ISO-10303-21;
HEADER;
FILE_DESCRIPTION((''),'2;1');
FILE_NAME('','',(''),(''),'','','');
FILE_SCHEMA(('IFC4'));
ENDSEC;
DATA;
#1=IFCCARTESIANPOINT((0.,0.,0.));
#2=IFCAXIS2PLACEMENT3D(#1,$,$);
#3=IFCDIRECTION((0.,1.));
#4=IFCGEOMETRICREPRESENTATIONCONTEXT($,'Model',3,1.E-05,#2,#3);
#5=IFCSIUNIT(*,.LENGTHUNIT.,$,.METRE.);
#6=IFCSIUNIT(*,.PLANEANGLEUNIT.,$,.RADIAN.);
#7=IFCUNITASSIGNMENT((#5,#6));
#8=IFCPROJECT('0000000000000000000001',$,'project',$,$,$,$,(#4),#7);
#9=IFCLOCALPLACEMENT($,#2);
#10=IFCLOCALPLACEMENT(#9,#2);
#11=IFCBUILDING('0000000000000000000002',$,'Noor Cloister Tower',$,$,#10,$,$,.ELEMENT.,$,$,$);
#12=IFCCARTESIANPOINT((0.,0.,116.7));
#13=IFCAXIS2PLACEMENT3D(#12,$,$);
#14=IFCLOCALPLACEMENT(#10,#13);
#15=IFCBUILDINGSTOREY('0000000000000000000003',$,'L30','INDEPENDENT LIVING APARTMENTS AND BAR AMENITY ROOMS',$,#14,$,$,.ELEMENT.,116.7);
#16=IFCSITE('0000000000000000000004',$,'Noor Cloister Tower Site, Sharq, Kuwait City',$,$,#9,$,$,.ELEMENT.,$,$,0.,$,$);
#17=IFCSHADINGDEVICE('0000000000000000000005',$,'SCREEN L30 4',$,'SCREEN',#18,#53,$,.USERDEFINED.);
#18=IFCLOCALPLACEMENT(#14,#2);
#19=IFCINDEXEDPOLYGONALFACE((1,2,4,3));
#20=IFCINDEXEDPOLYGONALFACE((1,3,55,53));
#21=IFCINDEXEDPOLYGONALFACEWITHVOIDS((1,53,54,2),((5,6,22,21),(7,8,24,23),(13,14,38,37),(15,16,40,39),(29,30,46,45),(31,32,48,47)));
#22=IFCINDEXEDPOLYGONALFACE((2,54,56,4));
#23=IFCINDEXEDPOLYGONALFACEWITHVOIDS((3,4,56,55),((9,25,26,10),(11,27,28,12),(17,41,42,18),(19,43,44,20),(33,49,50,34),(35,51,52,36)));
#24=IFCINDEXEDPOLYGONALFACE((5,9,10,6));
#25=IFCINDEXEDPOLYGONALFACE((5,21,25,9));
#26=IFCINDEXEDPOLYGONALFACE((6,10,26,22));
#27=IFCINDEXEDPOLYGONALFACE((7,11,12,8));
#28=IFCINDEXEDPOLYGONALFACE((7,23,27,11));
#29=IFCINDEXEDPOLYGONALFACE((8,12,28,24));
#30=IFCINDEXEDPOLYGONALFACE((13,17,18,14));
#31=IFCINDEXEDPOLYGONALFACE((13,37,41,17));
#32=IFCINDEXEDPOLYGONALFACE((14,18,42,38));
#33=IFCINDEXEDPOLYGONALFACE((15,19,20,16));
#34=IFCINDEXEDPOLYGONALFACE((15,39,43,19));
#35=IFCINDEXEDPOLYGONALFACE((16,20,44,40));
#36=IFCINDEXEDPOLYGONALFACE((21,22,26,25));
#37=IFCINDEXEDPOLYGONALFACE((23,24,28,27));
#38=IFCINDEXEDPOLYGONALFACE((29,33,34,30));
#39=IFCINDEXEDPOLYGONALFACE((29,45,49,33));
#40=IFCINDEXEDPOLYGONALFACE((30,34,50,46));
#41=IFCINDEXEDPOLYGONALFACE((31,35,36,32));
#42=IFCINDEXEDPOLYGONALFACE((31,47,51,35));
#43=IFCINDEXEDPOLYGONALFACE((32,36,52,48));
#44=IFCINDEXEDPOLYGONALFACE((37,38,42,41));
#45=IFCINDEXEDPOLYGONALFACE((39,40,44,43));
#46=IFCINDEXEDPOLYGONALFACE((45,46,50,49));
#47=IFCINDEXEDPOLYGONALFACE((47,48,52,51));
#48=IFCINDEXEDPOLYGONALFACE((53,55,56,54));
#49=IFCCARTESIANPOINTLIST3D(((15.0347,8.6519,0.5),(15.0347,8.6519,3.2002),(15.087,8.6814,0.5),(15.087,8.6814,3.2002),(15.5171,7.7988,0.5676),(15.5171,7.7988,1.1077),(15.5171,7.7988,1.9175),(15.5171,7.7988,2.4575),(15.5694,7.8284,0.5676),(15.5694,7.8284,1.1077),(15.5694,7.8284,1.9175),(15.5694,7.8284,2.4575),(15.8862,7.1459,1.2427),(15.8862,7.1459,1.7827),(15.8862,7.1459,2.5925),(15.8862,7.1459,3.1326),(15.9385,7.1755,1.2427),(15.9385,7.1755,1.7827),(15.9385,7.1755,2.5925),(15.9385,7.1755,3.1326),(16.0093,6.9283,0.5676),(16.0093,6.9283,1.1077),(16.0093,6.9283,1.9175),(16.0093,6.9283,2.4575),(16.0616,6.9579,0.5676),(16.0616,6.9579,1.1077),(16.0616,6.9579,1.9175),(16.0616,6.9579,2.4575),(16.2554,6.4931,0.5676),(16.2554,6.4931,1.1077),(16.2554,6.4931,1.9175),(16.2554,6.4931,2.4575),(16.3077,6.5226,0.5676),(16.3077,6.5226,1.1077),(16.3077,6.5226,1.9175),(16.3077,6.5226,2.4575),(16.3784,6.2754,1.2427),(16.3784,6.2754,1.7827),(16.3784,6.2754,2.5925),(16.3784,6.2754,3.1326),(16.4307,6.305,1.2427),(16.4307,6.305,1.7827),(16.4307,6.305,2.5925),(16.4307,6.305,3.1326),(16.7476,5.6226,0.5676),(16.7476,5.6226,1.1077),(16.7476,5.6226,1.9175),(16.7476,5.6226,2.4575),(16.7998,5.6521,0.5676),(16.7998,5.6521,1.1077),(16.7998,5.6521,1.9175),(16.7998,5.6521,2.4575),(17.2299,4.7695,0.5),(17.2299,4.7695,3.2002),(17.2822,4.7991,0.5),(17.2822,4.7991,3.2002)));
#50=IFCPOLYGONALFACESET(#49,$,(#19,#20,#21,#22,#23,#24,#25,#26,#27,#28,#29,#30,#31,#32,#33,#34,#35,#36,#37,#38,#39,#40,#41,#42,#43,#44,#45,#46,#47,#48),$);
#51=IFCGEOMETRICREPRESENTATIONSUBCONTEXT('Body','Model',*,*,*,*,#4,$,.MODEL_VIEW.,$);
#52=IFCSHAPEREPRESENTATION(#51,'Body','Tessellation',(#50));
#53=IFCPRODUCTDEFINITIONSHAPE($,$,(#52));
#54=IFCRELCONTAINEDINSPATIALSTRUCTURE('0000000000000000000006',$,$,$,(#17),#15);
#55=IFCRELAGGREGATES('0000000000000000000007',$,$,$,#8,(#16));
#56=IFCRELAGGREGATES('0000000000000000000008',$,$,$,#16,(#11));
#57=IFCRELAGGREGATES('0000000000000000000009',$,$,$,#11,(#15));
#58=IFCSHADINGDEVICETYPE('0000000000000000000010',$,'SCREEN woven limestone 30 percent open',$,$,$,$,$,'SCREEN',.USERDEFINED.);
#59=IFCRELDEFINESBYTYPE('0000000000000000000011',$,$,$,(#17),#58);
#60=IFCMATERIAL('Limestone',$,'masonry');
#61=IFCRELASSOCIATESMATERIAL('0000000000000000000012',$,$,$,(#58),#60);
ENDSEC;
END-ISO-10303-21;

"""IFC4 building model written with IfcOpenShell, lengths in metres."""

from ifc_helpers import new_model, si_unit, direction, frame, origin, place, context, subcontext, project, spatial, polyline, outline, extrude, material, material_profile, profile_set, type_object, element, save


model = new_model("IFC4")

# Units and contexts
model_context = context("Model", 3, precision=1e-05, world=origin(), true_north=direction((0.0, 1.0)))
body_context = subcontext(model_context, "Body", "Model", "MODEL_VIEW")
ifc_project = project(units=[si_unit("LENGTHUNIT", "METRE"), si_unit("PLANEANGLEUNIT", "RADIAN")], contexts=[model_context])

# Site, building, storey
site_placement = place(None, origin())
site = spatial("IfcSite", under=ifc_project, at=site_placement, Name="Noor Cloister Tower Site, Sharq, Kuwait City", CompositionType="ELEMENT", RefElevation=0.0)
building_placement = place(site_placement, origin())
building = spatial("IfcBuilding", under=site, at=building_placement, Name="Noor Cloister Tower", CompositionType="ELEMENT")
storey_placement = place(building_placement, frame((0.0, 0.0, 116.7)))
storey = spatial("IfcBuildingStorey", under=building, at=storey_placement, Name="L30", Description="INDEPENDENT LIVING APARTMENTS AND BAR AMENITY ROOMS", CompositionType="ELEMENT", Elevation=116.7)

# Shading device
ifc_material_1 = material(Name="Limestone", Category="masonry")
ifc_material_profile_1 = material_profile(ifc_material_1, outline(polyline([(-2.23, -1.3501), (2.23, -1.3501), (2.23, 1.3501), (-2.23, 1.3501), (-2.23, -1.3501)]), holes=[polyline([(-1.25, -1.2825), (-0.25, -1.2825), (-0.25, -0.7424), (-1.25, -0.7424), (-1.25, -1.2825)]), polyline([(0.25, -1.2825), (1.25, -1.2825), (1.25, -0.7424), (0.25, -0.7424), (0.25, -1.2825)]), polyline([(-0.5, -0.6074), (0.5, -0.6074), (0.5, -0.0674), (-0.5, -0.0674), (-0.5, -0.6074)]), polyline([(-1.25, 0.0674), (-0.25, 0.0674), (-0.25, 0.6074), (-1.25, 0.6074), (-1.25, 0.0674)]), polyline([(0.25, 0.0674), (1.25, 0.0674), (1.25, 0.6074), (0.25, 0.6074), (0.25, 0.0674)]), polyline([(-0.5, 0.7424), (0.5, 0.7424), (0.5, 1.2825), (-0.5, 1.2825), (-0.5, 0.7424)])]), Name="Woven screen 30 percent open")
ifc_profile_set_1 = profile_set([ifc_material_profile_1], Name="Limestone")
shading_device_type = type_object("IfcShadingDeviceType", Name="SCREEN woven limestone 30 percent open", ElementType="SCREEN", PredefinedType="USERDEFINED", material=ifc_profile_set_1)
shading_device_1_placement = place(storey_placement, frame((16.1323, 6.7107, 1.8501), z_axis=(0.870487, 0.492191, 0.0), x_axis=(-0.492191, 0.870487, 0.0)))
element("IfcShadingDevice", 1, at=shading_device_1_placement, inside=storey, type_object=shading_device_type, Name="SCREEN L30 4", ObjectType="SCREEN", PredefinedType="USERDEFINED", context=body_context, shape_type="SweptSolid", body=[
    extrude(outline(polyline([(-2.23, -1.3501), (2.23, -1.3501), (2.23, 1.3501), (-2.23, 1.3501), (-2.23, -1.3501)]), holes=[polyline([(-1.25, -1.2825), (-0.25, -1.2825), (-0.25, -0.7424), (-1.25, -0.7424), (-1.25, -1.2825)]), polyline([(0.25, -1.2825), (1.25, -1.2825), (1.25, -0.7424), (0.25, -0.7424), (0.25, -1.2825)]), polyline([(-0.5, -0.6074), (0.5, -0.6074), (0.5, -0.0674), (-0.5, -0.0674), (-0.5, -0.6074)]), polyline([(-1.25, 0.0674), (-0.25, 0.0674), (-0.25, 0.6074), (-1.25, 0.6074), (-1.25, 0.0674)]), polyline([(0.25, 0.0674), (1.25, 0.0674), (1.25, 0.6074), (0.25, 0.6074), (0.25, 0.0674)]), polyline([(-0.5, 0.7424), (0.5, 0.7424), (0.5, 1.2825), (-0.5, 1.2825), (-0.5, 0.7424)])]), origin(), (0.0, 0.0, 1.0), 0.0601),
])

save(model, "model.ifc")
